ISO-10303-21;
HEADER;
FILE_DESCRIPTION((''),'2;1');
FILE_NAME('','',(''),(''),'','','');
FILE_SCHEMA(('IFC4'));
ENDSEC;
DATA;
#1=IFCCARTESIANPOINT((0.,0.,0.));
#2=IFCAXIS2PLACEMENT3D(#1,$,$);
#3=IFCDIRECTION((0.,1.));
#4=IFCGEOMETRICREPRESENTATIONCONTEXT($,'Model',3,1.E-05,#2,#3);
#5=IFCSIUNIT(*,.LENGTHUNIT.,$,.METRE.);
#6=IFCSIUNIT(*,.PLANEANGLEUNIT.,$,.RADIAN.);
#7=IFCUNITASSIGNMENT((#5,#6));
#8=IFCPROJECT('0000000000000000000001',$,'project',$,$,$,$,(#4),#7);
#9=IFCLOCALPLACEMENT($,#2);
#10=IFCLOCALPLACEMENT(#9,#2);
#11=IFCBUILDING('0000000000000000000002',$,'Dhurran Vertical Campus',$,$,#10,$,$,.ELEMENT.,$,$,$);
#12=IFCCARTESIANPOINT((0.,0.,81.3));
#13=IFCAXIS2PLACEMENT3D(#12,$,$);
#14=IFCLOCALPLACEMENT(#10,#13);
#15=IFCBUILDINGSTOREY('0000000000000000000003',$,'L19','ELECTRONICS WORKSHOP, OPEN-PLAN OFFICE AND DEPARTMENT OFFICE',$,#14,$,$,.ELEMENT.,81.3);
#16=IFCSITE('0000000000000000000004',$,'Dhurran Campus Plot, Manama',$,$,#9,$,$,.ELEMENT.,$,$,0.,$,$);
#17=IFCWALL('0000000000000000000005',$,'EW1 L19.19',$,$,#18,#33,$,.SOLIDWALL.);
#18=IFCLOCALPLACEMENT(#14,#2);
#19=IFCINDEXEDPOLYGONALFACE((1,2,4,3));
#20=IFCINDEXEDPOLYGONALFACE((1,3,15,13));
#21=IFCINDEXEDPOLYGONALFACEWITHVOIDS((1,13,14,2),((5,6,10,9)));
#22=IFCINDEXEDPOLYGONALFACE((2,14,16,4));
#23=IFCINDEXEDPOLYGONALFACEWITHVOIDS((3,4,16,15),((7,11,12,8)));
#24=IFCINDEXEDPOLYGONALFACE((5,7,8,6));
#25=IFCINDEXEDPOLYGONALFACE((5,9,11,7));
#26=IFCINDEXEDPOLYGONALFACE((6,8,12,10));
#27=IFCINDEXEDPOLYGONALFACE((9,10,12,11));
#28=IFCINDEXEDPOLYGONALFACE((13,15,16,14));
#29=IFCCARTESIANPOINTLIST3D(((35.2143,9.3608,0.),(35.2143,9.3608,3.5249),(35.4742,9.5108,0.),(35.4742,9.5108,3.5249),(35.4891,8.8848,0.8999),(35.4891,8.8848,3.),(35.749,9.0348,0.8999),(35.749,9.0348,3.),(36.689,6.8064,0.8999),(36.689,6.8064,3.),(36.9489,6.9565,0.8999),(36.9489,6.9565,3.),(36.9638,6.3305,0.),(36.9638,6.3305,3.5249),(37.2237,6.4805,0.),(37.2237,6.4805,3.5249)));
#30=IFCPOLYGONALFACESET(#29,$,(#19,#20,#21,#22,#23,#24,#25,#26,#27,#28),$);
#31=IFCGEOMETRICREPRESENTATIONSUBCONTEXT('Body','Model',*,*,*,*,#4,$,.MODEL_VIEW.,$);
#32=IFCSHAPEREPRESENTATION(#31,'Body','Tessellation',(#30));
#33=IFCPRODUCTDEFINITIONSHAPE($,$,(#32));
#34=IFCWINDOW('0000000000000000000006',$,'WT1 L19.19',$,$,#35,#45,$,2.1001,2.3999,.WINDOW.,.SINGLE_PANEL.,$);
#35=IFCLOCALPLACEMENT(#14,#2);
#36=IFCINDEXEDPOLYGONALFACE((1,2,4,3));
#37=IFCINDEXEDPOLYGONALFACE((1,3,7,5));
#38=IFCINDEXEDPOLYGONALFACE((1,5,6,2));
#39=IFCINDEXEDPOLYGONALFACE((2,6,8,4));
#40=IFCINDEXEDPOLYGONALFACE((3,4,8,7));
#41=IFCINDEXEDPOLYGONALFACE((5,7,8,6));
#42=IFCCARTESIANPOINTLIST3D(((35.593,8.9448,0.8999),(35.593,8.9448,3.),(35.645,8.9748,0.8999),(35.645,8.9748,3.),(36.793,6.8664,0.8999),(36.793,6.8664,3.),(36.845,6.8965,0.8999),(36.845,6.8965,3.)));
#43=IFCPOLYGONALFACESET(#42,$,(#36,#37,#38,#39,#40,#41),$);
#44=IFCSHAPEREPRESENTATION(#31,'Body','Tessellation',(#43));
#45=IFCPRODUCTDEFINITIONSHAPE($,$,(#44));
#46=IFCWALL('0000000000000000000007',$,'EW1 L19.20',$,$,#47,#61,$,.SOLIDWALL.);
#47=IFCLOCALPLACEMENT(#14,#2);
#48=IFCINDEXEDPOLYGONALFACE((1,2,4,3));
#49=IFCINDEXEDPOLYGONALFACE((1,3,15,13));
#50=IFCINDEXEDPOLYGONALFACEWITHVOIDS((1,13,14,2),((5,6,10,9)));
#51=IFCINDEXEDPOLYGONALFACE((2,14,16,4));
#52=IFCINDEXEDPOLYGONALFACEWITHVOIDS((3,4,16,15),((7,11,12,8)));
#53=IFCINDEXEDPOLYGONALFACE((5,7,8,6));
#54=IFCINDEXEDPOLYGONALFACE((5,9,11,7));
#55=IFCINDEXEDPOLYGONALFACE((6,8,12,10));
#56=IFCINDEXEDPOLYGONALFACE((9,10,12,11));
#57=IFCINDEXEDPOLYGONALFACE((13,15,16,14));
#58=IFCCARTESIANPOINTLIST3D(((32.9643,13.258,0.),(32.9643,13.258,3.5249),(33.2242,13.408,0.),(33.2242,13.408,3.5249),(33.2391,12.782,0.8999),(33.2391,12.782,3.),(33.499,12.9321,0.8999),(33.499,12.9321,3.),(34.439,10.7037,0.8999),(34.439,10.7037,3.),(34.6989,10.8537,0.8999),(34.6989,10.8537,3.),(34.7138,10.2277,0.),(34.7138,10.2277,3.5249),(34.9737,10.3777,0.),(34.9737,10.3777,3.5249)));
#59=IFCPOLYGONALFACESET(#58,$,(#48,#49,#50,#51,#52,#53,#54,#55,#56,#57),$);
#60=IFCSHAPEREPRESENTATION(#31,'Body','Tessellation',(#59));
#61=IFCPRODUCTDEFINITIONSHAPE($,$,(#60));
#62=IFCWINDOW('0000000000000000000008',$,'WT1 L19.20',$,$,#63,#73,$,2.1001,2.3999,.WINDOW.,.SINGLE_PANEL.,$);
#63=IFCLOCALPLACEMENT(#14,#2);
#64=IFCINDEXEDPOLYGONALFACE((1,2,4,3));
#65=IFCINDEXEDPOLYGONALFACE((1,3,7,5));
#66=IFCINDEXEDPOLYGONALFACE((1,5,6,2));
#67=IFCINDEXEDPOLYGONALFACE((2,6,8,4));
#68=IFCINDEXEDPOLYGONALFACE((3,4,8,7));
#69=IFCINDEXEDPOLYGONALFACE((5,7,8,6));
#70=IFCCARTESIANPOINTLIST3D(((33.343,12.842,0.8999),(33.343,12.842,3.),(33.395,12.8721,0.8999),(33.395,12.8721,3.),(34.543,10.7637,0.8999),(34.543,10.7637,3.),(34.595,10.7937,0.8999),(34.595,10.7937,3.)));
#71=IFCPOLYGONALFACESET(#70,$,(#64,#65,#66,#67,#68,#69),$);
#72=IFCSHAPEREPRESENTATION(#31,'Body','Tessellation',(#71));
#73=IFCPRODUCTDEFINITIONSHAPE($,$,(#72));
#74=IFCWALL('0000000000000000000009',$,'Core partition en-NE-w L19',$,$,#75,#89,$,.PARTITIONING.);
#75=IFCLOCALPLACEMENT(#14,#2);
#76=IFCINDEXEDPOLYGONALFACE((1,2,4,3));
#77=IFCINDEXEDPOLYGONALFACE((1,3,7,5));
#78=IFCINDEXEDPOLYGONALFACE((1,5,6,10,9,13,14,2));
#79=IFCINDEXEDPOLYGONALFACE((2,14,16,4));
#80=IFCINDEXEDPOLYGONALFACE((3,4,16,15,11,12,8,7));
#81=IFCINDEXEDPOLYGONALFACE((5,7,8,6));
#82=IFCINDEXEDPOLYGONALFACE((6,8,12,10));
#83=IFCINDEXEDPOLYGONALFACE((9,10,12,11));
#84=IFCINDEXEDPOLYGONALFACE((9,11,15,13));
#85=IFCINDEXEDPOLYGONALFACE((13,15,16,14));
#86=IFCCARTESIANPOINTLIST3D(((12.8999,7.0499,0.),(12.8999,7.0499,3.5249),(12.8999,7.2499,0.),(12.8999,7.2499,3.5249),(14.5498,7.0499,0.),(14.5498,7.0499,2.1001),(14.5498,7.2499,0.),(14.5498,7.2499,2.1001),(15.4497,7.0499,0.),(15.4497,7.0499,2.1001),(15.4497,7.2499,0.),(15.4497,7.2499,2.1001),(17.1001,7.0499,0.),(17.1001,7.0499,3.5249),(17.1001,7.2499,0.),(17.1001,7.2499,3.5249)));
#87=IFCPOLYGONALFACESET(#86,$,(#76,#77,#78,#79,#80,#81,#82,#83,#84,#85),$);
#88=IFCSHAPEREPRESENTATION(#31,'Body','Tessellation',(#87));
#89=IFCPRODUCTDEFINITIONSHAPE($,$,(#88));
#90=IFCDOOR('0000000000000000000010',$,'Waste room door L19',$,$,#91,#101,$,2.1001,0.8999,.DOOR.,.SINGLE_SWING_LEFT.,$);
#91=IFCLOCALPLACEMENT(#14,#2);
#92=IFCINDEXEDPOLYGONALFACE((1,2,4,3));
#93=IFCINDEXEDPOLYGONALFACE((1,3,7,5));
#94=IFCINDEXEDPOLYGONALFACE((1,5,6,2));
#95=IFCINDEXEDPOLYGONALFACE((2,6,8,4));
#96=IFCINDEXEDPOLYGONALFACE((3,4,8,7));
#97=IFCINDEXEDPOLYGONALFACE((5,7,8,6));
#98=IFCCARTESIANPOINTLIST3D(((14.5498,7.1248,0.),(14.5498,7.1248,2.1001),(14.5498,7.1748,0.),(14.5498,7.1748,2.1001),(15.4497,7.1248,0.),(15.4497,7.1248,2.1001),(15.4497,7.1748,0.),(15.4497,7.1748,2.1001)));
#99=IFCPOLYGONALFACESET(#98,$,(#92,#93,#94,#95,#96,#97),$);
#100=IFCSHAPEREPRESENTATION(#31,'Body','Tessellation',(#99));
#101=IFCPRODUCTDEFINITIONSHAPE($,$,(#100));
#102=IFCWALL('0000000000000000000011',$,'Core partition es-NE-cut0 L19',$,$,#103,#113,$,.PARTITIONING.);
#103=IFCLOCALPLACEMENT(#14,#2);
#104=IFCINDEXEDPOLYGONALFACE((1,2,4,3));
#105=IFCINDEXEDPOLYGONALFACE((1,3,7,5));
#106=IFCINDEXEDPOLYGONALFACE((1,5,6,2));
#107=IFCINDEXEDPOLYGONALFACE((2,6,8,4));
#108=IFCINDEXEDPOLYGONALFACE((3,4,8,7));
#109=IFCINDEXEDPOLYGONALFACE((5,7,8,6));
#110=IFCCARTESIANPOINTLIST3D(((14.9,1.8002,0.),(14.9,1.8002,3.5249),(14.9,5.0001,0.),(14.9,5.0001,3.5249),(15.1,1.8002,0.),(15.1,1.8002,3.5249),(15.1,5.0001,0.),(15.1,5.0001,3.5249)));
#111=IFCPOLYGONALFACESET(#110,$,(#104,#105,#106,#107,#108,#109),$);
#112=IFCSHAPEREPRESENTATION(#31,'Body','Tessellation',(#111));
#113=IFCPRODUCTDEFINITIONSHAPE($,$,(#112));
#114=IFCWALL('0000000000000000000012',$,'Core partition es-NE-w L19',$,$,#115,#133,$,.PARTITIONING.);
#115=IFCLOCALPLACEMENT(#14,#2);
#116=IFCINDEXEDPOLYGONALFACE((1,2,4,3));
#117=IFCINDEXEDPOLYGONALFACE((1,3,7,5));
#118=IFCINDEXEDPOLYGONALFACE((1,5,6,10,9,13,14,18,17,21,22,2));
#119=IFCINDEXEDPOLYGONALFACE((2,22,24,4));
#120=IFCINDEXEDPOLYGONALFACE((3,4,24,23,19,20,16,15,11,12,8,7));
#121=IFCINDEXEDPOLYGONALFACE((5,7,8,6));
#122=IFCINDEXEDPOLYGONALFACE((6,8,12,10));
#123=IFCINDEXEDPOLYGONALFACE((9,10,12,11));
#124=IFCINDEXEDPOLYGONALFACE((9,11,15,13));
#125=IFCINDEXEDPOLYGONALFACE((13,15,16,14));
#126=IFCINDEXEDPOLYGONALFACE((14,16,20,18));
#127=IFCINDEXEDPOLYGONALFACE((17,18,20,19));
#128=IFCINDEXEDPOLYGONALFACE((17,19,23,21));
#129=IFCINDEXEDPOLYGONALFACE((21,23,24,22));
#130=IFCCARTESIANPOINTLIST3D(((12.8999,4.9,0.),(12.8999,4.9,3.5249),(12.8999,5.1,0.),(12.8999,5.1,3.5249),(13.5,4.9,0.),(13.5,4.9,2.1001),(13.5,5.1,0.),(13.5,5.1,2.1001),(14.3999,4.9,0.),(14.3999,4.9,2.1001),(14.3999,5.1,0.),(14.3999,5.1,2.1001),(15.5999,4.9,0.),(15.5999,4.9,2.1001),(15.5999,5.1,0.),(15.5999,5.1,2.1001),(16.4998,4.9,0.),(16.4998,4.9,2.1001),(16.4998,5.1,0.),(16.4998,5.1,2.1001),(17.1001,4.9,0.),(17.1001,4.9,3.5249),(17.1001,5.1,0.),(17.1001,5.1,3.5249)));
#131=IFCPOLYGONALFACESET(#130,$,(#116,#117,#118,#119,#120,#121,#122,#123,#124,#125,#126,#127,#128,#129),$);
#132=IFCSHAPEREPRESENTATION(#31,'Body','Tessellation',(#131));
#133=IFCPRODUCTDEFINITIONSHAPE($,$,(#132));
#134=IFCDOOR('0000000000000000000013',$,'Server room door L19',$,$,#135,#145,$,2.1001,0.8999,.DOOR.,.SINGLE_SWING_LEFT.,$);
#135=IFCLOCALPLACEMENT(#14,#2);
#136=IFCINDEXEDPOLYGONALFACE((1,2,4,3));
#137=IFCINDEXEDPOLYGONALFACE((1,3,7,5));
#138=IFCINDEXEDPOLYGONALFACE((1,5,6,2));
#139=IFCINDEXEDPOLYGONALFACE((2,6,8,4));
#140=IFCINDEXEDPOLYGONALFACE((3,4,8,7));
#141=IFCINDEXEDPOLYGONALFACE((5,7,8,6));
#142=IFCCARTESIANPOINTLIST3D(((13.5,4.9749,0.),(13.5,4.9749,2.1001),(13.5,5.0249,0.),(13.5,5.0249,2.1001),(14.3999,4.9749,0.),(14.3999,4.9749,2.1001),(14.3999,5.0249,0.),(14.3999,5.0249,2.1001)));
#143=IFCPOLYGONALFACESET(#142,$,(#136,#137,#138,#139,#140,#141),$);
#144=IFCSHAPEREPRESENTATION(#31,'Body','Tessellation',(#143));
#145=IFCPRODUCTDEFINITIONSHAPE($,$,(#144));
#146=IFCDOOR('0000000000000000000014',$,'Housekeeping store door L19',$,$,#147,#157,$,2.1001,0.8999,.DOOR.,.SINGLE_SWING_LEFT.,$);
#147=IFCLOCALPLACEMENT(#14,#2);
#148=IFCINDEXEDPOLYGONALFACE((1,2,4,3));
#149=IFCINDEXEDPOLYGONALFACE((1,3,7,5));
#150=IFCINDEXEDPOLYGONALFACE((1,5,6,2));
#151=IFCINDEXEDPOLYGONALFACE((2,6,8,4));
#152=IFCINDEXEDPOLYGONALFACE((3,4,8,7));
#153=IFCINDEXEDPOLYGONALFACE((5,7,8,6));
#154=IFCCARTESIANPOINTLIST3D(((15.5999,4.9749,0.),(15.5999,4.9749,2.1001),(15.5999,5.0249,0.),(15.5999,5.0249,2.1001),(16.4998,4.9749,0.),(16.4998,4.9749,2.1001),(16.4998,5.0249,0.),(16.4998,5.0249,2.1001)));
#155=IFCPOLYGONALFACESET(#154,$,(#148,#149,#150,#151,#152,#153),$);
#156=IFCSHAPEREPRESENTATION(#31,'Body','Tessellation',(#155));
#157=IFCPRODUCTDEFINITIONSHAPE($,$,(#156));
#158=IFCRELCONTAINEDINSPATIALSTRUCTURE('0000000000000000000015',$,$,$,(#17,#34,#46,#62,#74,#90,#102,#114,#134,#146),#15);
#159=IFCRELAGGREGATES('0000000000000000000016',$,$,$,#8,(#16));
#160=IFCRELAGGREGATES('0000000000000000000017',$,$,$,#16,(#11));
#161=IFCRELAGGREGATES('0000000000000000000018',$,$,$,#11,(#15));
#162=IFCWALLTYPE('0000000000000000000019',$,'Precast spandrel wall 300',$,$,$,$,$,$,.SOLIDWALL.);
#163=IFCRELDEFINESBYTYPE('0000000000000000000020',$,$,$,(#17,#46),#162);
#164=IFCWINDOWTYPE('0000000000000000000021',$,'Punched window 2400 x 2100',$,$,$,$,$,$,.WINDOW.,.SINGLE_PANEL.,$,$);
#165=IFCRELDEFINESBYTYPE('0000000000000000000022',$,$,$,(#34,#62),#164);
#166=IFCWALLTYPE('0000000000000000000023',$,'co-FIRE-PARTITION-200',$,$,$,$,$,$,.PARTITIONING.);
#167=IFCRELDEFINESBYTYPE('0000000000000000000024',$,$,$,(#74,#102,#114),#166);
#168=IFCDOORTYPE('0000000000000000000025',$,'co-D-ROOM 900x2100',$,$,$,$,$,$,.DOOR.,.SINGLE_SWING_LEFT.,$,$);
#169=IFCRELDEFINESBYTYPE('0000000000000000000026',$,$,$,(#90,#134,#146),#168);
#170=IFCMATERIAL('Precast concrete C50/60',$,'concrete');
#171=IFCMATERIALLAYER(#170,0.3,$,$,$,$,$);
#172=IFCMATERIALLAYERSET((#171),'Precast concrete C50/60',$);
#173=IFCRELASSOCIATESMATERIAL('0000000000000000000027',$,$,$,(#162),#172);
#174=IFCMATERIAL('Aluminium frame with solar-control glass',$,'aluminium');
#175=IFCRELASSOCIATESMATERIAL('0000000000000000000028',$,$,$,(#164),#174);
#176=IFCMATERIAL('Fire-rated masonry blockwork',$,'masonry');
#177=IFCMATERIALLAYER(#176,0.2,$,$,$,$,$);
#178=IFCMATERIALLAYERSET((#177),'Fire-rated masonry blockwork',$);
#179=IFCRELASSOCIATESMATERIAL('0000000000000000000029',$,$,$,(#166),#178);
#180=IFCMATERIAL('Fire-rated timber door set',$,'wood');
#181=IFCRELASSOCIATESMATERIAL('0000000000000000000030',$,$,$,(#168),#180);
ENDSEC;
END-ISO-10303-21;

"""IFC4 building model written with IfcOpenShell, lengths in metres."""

from ifc_helpers import new_model, si_unit, direction, frame, frame_2d, origin, place, context, subcontext, project, spatial, rectangle, extrude, material, layer, layer_set, type_object, element, fill, save


model = new_model("IFC4")

# Units and contexts
model_context = context("Model", 3, precision=1e-05, world=origin(), true_north=direction((0.0, 1.0)))
body_context = subcontext(model_context, "Body", "Model", "MODEL_VIEW")
ifc_project = project(units=[si_unit("LENGTHUNIT", "METRE"), si_unit("PLANEANGLEUNIT", "RADIAN")], contexts=[model_context])

# Site, building, storey
site_placement = place(None, origin())
site = spatial("IfcSite", under=ifc_project, at=site_placement, Name="Dhurran Campus Plot, Manama", CompositionType="ELEMENT", RefElevation=0.0)
building_placement = place(site_placement, origin())
building = spatial("IfcBuilding", under=site, at=building_placement, Name="Dhurran Vertical Campus", CompositionType="ELEMENT")
storey_placement = place(building_placement, frame((0.0, 0.0, 81.3)))
storey = spatial("IfcBuildingStorey", under=building, at=storey_placement, Name="L19", Description="ELECTRONICS WORKSHOP, OPEN-PLAN OFFICE AND DEPARTMENT OFFICE", CompositionType="ELEMENT", Elevation=81.3)

# Walls, openings, windows
ifc_material_1 = material(Name="Precast concrete C50/60", Category="concrete")
ifc_layer_1 = layer(ifc_material_1, 0.3)
ifc_layer_set_1 = layer_set([ifc_layer_1], Name="Precast concrete C50/60")
wall_type_1 = type_object("IfcWallType", Name="Precast spandrel wall 300", PredefinedType="SOLIDWALL", material=ifc_layer_set_1)
ifc_material_2 = material(Name="Aluminium frame with solar-control glass", Category="aluminium")
window_type = type_object("IfcWindowType", Name="Punched window 2400 x 2100", PartitioningType="SINGLE_PANEL", PredefinedType="WINDOW", material=ifc_material_2)
wall_1_placement = place(storey_placement, frame((37.0938, 6.4055, 0.0), z_axis=(0.0, 0.0, 1.0), x_axis=(-0.499996, 0.866028, 0.0)))
wall_1 = element("IfcWall", 1, at=wall_1_placement, inside=storey, type_object=wall_type_1, Name="EW1 L19.19", PredefinedType="SOLIDWALL", context=body_context, shape_type="SweptSolid", body=[
    extrude(rectangle(XDim=3.499, YDim=0.3, at=frame_2d((1.7495, 0.0))), origin(), (0.0, 0.0, 1.0), 3.5249),
])
opening_1_placement = place(wall_1_placement, frame((0.5496, 0.0, 0.8999)))
opening_1 = element("IfcOpeningElement", 2, at=opening_1_placement, cuts=wall_1, PredefinedType="OPENING", context=body_context, shape_type="SweptSolid", body=[
    extrude(rectangle(XDim=2.3999, YDim=2.1001, at=frame_2d((1.2, 1.05))), frame((0.0, 0.1599, 0.0), z_axis=(0.0, -1.0, 0.0), x_axis=(1.0, 0.0, 0.0)), (0.0, 0.0, 1.0), 0.3201),
])
window_1_placement = place(opening_1_placement, origin())
window_1 = element("IfcWindow", 3, at=window_1_placement, inside=storey, type_object=window_type, Name="WT1 L19.19", OverallHeight=2.1001, OverallWidth=2.3999, PartitioningType="SINGLE_PANEL", PredefinedType="WINDOW", context=body_context, shape_type="SweptSolid", body=[
    extrude(rectangle(XDim=2.3999, YDim=2.1001, at=frame_2d((1.2, 1.05))), frame((0.0, 0.03, 0.0), z_axis=(0.0, -1.0, 0.0), x_axis=(1.0, 0.0, 0.0)), (0.0, 0.0, 1.0), 0.0601),
])
fill(opening_1, window_1)
wall_2_placement = place(storey_placement, frame((34.8438, 10.3027, 0.0), z_axis=(0.0, 0.0, 1.0), x_axis=(-0.499996, 0.866028, 0.0)))
wall_2 = element("IfcWall", 4, at=wall_2_placement, inside=storey, type_object=wall_type_1, Name="EW1 L19.20", PredefinedType="SOLIDWALL", context=body_context, shape_type="SweptSolid", body=[
    extrude(rectangle(XDim=3.499, YDim=0.3, at=frame_2d((1.7495, 0.0))), origin(), (0.0, 0.0, 1.0), 3.5249),
])
opening_2_placement = place(wall_2_placement, frame((0.5496, 0.0, 0.8999)))
opening_2 = element("IfcOpeningElement", 5, at=opening_2_placement, cuts=wall_2, PredefinedType="OPENING", context=body_context, shape_type="SweptSolid", body=[
    extrude(rectangle(XDim=2.3999, YDim=2.1001, at=frame_2d((1.2, 1.05))), frame((0.0, 0.1599, 0.0), z_axis=(0.0, -1.0, 0.0), x_axis=(1.0, 0.0, 0.0)), (0.0, 0.0, 1.0), 0.3201),
])
window_2_placement = place(opening_2_placement, origin())
window_2 = element("IfcWindow", 6, at=window_2_placement, inside=storey, type_object=window_type, Name="WT1 L19.20", OverallHeight=2.1001, OverallWidth=2.3999, PartitioningType="SINGLE_PANEL", PredefinedType="WINDOW", context=body_context, shape_type="SweptSolid", body=[
    extrude(rectangle(XDim=2.3999, YDim=2.1001, at=frame_2d((1.2, 1.05))), frame((0.0, 0.03, 0.0), z_axis=(0.0, -1.0, 0.0), x_axis=(1.0, 0.0, 0.0)), (0.0, 0.0, 1.0), 0.0601),
])
fill(opening_2, window_2)

# Wall, opening, door
ifc_material_3 = material(Name="Fire-rated masonry blockwork", Category="masonry")
ifc_layer_2 = layer(ifc_material_3, 0.2)
ifc_layer_set_2 = layer_set([ifc_layer_2], Name="Fire-rated masonry blockwork")
wall_type_2 = type_object("IfcWallType", Name="co-FIRE-PARTITION-200", PredefinedType="PARTITIONING", material=ifc_layer_set_2)
wall_3_placement = place(storey_placement, frame((12.8999, 7.1499, 0.0), z_axis=(0.0, 0.0, 1.0), x_axis=(1.0, 0.0, 0.0)))
wall_3 = element("IfcWall", 7, at=wall_3_placement, inside=storey, type_object=wall_type_2, Name="Core partition en-NE-w L19", PredefinedType="PARTITIONING", context=body_context, shape_type="SweptSolid", body=[
    extrude(rectangle(XDim=4.2002, YDim=0.2, at=frame_2d((2.1001, 0.0))), origin(), (0.0, 0.0, 1.0), 3.5249),
])
opening_3_placement = place(wall_3_placement, frame((1.6499, 0.0, 0.0)))
opening_3 = element("IfcOpeningElement", 8, at=opening_3_placement, cuts=wall_3, PredefinedType="OPENING", context=body_context, shape_type="SweptSolid", body=[
    extrude(rectangle(XDim=0.8999, YDim=2.1001, at=frame_2d((0.45, 1.05))), frame((0.0, 0.1099, 0.0), z_axis=(0.0, -1.0, 0.0), x_axis=(1.0, 0.0, 0.0)), (0.0, 0.0, 1.0), 0.22),
])
ifc_material_4 = material(Name="Fire-rated timber door set", Category="wood")
door_type_1 = type_object("IfcDoorType", Name="co-D-ROOM 900x2100", OperationType="SINGLE_SWING_LEFT", PredefinedType="DOOR", material=ifc_material_4)
door_1_placement = place(opening_3_placement, origin())
door_1 = element("IfcDoor", 9, at=door_1_placement, inside=storey, type_object=door_type_1, Name="Waste room door L19", OperationType="SINGLE_SWING_LEFT", OverallHeight=2.1001, OverallWidth=0.8999, PredefinedType="DOOR", context=body_context, shape_type="SweptSolid", body=[
    extrude(rectangle(XDim=0.8999, YDim=2.1001, at=frame_2d((0.45, 1.05))), frame((0.0, 0.0249, 0.0), z_axis=(0.0, -1.0, 0.0), x_axis=(1.0, 0.0, 0.0)), (0.0, 0.0, 1.0), 0.05),
])
fill(opening_3, door_1)

# Wall
wall_4_placement = place(storey_placement, frame((15.0, 1.8, 0.0), z_axis=(0.0, 0.0, 1.0), x_axis=(0.0, 1.0, 0.0)))
element("IfcWall", 10, at=wall_4_placement, inside=storey, type_object=wall_type_2, Name="Core partition es-NE-cut0 L19", PredefinedType="PARTITIONING", context=body_context, shape_type="SweptSolid", body=[
    extrude(rectangle(XDim=3.2, YDim=0.2, at=frame_2d((1.6001, 0.0))), origin(), (0.0, 0.0, 1.0), 3.5249),
])

# Wall, openings, doors
wall_5_placement = place(storey_placement, frame((12.8999, 5.0, 0.0), z_axis=(0.0, 0.0, 1.0), x_axis=(1.0, 0.0, 0.0)))
wall_5 = element("IfcWall", 11, at=wall_5_placement, inside=storey, type_object=wall_type_2, Name="Core partition es-NE-w L19", PredefinedType="PARTITIONING", context=body_context, shape_type="SweptSolid", body=[
    extrude(rectangle(XDim=4.2002, YDim=0.2, at=frame_2d((2.1001, 0.0))), origin(), (0.0, 0.0, 1.0), 3.5249),
])
opening_4_placement = place(wall_5_placement, frame((0.6001, 0.0, 0.0)))
opening_4 = element("IfcOpeningElement", 12, at=opening_4_placement, cuts=wall_5, PredefinedType="OPENING", context=body_context, shape_type="SweptSolid", body=[
    extrude(rectangle(XDim=0.8999, YDim=2.1001, at=frame_2d((0.45, 1.05))), frame((0.0, 0.1099, 0.0), z_axis=(0.0, -1.0, 0.0), x_axis=(1.0, 0.0, 0.0)), (0.0, 0.0, 1.0), 0.22),
])
opening_5_placement = place(wall_5_placement, frame((2.7, 0.0, 0.0)))
opening_5 = element("IfcOpeningElement", 13, at=opening_5_placement, cuts=wall_5, PredefinedType="OPENING", context=body_context, shape_type="SweptSolid", body=[
    extrude(rectangle(XDim=0.8999, YDim=2.1001, at=frame_2d((0.45, 1.05))), frame((0.0, 0.1099, 0.0), z_axis=(0.0, -1.0, 0.0), x_axis=(1.0, 0.0, 0.0)), (0.0, 0.0, 1.0), 0.22),
])
door_2_placement = place(opening_4_placement, origin())
door_2 = element("IfcDoor", 14, at=door_2_placement, inside=storey, type_object=door_type_1, Name="Server room door L19", OperationType="SINGLE_SWING_LEFT", OverallHeight=2.1001, OverallWidth=0.8999, PredefinedType="DOOR", context=body_context, shape_type="SweptSolid", body=[
    extrude(rectangle(XDim=0.8999, YDim=2.1001, at=frame_2d((0.45, 1.05))), frame((0.0, 0.0249, 0.0), z_axis=(0.0, -1.0, 0.0), x_axis=(1.0, 0.0, 0.0)), (0.0, 0.0, 1.0), 0.05),
])
fill(opening_4, door_2)
door_3_placement = place(opening_5_placement, origin())
door_3 = element("IfcDoor", 15, at=door_3_placement, inside=storey, type_object=door_type_1, Name="Housekeeping store door L19", OperationType="SINGLE_SWING_LEFT", OverallHeight=2.1001, OverallWidth=0.8999, PredefinedType="DOOR", context=body_context, shape_type="SweptSolid", body=[
    extrude(rectangle(XDim=0.8999, YDim=2.1001, at=frame_2d((0.45, 1.05))), frame((0.0, 0.0249, 0.0), z_axis=(0.0, -1.0, 0.0), x_axis=(1.0, 0.0, 0.0)), (0.0, 0.0, 1.0), 0.05),
])
fill(opening_5, door_3)

save(model, "model.ifc")
